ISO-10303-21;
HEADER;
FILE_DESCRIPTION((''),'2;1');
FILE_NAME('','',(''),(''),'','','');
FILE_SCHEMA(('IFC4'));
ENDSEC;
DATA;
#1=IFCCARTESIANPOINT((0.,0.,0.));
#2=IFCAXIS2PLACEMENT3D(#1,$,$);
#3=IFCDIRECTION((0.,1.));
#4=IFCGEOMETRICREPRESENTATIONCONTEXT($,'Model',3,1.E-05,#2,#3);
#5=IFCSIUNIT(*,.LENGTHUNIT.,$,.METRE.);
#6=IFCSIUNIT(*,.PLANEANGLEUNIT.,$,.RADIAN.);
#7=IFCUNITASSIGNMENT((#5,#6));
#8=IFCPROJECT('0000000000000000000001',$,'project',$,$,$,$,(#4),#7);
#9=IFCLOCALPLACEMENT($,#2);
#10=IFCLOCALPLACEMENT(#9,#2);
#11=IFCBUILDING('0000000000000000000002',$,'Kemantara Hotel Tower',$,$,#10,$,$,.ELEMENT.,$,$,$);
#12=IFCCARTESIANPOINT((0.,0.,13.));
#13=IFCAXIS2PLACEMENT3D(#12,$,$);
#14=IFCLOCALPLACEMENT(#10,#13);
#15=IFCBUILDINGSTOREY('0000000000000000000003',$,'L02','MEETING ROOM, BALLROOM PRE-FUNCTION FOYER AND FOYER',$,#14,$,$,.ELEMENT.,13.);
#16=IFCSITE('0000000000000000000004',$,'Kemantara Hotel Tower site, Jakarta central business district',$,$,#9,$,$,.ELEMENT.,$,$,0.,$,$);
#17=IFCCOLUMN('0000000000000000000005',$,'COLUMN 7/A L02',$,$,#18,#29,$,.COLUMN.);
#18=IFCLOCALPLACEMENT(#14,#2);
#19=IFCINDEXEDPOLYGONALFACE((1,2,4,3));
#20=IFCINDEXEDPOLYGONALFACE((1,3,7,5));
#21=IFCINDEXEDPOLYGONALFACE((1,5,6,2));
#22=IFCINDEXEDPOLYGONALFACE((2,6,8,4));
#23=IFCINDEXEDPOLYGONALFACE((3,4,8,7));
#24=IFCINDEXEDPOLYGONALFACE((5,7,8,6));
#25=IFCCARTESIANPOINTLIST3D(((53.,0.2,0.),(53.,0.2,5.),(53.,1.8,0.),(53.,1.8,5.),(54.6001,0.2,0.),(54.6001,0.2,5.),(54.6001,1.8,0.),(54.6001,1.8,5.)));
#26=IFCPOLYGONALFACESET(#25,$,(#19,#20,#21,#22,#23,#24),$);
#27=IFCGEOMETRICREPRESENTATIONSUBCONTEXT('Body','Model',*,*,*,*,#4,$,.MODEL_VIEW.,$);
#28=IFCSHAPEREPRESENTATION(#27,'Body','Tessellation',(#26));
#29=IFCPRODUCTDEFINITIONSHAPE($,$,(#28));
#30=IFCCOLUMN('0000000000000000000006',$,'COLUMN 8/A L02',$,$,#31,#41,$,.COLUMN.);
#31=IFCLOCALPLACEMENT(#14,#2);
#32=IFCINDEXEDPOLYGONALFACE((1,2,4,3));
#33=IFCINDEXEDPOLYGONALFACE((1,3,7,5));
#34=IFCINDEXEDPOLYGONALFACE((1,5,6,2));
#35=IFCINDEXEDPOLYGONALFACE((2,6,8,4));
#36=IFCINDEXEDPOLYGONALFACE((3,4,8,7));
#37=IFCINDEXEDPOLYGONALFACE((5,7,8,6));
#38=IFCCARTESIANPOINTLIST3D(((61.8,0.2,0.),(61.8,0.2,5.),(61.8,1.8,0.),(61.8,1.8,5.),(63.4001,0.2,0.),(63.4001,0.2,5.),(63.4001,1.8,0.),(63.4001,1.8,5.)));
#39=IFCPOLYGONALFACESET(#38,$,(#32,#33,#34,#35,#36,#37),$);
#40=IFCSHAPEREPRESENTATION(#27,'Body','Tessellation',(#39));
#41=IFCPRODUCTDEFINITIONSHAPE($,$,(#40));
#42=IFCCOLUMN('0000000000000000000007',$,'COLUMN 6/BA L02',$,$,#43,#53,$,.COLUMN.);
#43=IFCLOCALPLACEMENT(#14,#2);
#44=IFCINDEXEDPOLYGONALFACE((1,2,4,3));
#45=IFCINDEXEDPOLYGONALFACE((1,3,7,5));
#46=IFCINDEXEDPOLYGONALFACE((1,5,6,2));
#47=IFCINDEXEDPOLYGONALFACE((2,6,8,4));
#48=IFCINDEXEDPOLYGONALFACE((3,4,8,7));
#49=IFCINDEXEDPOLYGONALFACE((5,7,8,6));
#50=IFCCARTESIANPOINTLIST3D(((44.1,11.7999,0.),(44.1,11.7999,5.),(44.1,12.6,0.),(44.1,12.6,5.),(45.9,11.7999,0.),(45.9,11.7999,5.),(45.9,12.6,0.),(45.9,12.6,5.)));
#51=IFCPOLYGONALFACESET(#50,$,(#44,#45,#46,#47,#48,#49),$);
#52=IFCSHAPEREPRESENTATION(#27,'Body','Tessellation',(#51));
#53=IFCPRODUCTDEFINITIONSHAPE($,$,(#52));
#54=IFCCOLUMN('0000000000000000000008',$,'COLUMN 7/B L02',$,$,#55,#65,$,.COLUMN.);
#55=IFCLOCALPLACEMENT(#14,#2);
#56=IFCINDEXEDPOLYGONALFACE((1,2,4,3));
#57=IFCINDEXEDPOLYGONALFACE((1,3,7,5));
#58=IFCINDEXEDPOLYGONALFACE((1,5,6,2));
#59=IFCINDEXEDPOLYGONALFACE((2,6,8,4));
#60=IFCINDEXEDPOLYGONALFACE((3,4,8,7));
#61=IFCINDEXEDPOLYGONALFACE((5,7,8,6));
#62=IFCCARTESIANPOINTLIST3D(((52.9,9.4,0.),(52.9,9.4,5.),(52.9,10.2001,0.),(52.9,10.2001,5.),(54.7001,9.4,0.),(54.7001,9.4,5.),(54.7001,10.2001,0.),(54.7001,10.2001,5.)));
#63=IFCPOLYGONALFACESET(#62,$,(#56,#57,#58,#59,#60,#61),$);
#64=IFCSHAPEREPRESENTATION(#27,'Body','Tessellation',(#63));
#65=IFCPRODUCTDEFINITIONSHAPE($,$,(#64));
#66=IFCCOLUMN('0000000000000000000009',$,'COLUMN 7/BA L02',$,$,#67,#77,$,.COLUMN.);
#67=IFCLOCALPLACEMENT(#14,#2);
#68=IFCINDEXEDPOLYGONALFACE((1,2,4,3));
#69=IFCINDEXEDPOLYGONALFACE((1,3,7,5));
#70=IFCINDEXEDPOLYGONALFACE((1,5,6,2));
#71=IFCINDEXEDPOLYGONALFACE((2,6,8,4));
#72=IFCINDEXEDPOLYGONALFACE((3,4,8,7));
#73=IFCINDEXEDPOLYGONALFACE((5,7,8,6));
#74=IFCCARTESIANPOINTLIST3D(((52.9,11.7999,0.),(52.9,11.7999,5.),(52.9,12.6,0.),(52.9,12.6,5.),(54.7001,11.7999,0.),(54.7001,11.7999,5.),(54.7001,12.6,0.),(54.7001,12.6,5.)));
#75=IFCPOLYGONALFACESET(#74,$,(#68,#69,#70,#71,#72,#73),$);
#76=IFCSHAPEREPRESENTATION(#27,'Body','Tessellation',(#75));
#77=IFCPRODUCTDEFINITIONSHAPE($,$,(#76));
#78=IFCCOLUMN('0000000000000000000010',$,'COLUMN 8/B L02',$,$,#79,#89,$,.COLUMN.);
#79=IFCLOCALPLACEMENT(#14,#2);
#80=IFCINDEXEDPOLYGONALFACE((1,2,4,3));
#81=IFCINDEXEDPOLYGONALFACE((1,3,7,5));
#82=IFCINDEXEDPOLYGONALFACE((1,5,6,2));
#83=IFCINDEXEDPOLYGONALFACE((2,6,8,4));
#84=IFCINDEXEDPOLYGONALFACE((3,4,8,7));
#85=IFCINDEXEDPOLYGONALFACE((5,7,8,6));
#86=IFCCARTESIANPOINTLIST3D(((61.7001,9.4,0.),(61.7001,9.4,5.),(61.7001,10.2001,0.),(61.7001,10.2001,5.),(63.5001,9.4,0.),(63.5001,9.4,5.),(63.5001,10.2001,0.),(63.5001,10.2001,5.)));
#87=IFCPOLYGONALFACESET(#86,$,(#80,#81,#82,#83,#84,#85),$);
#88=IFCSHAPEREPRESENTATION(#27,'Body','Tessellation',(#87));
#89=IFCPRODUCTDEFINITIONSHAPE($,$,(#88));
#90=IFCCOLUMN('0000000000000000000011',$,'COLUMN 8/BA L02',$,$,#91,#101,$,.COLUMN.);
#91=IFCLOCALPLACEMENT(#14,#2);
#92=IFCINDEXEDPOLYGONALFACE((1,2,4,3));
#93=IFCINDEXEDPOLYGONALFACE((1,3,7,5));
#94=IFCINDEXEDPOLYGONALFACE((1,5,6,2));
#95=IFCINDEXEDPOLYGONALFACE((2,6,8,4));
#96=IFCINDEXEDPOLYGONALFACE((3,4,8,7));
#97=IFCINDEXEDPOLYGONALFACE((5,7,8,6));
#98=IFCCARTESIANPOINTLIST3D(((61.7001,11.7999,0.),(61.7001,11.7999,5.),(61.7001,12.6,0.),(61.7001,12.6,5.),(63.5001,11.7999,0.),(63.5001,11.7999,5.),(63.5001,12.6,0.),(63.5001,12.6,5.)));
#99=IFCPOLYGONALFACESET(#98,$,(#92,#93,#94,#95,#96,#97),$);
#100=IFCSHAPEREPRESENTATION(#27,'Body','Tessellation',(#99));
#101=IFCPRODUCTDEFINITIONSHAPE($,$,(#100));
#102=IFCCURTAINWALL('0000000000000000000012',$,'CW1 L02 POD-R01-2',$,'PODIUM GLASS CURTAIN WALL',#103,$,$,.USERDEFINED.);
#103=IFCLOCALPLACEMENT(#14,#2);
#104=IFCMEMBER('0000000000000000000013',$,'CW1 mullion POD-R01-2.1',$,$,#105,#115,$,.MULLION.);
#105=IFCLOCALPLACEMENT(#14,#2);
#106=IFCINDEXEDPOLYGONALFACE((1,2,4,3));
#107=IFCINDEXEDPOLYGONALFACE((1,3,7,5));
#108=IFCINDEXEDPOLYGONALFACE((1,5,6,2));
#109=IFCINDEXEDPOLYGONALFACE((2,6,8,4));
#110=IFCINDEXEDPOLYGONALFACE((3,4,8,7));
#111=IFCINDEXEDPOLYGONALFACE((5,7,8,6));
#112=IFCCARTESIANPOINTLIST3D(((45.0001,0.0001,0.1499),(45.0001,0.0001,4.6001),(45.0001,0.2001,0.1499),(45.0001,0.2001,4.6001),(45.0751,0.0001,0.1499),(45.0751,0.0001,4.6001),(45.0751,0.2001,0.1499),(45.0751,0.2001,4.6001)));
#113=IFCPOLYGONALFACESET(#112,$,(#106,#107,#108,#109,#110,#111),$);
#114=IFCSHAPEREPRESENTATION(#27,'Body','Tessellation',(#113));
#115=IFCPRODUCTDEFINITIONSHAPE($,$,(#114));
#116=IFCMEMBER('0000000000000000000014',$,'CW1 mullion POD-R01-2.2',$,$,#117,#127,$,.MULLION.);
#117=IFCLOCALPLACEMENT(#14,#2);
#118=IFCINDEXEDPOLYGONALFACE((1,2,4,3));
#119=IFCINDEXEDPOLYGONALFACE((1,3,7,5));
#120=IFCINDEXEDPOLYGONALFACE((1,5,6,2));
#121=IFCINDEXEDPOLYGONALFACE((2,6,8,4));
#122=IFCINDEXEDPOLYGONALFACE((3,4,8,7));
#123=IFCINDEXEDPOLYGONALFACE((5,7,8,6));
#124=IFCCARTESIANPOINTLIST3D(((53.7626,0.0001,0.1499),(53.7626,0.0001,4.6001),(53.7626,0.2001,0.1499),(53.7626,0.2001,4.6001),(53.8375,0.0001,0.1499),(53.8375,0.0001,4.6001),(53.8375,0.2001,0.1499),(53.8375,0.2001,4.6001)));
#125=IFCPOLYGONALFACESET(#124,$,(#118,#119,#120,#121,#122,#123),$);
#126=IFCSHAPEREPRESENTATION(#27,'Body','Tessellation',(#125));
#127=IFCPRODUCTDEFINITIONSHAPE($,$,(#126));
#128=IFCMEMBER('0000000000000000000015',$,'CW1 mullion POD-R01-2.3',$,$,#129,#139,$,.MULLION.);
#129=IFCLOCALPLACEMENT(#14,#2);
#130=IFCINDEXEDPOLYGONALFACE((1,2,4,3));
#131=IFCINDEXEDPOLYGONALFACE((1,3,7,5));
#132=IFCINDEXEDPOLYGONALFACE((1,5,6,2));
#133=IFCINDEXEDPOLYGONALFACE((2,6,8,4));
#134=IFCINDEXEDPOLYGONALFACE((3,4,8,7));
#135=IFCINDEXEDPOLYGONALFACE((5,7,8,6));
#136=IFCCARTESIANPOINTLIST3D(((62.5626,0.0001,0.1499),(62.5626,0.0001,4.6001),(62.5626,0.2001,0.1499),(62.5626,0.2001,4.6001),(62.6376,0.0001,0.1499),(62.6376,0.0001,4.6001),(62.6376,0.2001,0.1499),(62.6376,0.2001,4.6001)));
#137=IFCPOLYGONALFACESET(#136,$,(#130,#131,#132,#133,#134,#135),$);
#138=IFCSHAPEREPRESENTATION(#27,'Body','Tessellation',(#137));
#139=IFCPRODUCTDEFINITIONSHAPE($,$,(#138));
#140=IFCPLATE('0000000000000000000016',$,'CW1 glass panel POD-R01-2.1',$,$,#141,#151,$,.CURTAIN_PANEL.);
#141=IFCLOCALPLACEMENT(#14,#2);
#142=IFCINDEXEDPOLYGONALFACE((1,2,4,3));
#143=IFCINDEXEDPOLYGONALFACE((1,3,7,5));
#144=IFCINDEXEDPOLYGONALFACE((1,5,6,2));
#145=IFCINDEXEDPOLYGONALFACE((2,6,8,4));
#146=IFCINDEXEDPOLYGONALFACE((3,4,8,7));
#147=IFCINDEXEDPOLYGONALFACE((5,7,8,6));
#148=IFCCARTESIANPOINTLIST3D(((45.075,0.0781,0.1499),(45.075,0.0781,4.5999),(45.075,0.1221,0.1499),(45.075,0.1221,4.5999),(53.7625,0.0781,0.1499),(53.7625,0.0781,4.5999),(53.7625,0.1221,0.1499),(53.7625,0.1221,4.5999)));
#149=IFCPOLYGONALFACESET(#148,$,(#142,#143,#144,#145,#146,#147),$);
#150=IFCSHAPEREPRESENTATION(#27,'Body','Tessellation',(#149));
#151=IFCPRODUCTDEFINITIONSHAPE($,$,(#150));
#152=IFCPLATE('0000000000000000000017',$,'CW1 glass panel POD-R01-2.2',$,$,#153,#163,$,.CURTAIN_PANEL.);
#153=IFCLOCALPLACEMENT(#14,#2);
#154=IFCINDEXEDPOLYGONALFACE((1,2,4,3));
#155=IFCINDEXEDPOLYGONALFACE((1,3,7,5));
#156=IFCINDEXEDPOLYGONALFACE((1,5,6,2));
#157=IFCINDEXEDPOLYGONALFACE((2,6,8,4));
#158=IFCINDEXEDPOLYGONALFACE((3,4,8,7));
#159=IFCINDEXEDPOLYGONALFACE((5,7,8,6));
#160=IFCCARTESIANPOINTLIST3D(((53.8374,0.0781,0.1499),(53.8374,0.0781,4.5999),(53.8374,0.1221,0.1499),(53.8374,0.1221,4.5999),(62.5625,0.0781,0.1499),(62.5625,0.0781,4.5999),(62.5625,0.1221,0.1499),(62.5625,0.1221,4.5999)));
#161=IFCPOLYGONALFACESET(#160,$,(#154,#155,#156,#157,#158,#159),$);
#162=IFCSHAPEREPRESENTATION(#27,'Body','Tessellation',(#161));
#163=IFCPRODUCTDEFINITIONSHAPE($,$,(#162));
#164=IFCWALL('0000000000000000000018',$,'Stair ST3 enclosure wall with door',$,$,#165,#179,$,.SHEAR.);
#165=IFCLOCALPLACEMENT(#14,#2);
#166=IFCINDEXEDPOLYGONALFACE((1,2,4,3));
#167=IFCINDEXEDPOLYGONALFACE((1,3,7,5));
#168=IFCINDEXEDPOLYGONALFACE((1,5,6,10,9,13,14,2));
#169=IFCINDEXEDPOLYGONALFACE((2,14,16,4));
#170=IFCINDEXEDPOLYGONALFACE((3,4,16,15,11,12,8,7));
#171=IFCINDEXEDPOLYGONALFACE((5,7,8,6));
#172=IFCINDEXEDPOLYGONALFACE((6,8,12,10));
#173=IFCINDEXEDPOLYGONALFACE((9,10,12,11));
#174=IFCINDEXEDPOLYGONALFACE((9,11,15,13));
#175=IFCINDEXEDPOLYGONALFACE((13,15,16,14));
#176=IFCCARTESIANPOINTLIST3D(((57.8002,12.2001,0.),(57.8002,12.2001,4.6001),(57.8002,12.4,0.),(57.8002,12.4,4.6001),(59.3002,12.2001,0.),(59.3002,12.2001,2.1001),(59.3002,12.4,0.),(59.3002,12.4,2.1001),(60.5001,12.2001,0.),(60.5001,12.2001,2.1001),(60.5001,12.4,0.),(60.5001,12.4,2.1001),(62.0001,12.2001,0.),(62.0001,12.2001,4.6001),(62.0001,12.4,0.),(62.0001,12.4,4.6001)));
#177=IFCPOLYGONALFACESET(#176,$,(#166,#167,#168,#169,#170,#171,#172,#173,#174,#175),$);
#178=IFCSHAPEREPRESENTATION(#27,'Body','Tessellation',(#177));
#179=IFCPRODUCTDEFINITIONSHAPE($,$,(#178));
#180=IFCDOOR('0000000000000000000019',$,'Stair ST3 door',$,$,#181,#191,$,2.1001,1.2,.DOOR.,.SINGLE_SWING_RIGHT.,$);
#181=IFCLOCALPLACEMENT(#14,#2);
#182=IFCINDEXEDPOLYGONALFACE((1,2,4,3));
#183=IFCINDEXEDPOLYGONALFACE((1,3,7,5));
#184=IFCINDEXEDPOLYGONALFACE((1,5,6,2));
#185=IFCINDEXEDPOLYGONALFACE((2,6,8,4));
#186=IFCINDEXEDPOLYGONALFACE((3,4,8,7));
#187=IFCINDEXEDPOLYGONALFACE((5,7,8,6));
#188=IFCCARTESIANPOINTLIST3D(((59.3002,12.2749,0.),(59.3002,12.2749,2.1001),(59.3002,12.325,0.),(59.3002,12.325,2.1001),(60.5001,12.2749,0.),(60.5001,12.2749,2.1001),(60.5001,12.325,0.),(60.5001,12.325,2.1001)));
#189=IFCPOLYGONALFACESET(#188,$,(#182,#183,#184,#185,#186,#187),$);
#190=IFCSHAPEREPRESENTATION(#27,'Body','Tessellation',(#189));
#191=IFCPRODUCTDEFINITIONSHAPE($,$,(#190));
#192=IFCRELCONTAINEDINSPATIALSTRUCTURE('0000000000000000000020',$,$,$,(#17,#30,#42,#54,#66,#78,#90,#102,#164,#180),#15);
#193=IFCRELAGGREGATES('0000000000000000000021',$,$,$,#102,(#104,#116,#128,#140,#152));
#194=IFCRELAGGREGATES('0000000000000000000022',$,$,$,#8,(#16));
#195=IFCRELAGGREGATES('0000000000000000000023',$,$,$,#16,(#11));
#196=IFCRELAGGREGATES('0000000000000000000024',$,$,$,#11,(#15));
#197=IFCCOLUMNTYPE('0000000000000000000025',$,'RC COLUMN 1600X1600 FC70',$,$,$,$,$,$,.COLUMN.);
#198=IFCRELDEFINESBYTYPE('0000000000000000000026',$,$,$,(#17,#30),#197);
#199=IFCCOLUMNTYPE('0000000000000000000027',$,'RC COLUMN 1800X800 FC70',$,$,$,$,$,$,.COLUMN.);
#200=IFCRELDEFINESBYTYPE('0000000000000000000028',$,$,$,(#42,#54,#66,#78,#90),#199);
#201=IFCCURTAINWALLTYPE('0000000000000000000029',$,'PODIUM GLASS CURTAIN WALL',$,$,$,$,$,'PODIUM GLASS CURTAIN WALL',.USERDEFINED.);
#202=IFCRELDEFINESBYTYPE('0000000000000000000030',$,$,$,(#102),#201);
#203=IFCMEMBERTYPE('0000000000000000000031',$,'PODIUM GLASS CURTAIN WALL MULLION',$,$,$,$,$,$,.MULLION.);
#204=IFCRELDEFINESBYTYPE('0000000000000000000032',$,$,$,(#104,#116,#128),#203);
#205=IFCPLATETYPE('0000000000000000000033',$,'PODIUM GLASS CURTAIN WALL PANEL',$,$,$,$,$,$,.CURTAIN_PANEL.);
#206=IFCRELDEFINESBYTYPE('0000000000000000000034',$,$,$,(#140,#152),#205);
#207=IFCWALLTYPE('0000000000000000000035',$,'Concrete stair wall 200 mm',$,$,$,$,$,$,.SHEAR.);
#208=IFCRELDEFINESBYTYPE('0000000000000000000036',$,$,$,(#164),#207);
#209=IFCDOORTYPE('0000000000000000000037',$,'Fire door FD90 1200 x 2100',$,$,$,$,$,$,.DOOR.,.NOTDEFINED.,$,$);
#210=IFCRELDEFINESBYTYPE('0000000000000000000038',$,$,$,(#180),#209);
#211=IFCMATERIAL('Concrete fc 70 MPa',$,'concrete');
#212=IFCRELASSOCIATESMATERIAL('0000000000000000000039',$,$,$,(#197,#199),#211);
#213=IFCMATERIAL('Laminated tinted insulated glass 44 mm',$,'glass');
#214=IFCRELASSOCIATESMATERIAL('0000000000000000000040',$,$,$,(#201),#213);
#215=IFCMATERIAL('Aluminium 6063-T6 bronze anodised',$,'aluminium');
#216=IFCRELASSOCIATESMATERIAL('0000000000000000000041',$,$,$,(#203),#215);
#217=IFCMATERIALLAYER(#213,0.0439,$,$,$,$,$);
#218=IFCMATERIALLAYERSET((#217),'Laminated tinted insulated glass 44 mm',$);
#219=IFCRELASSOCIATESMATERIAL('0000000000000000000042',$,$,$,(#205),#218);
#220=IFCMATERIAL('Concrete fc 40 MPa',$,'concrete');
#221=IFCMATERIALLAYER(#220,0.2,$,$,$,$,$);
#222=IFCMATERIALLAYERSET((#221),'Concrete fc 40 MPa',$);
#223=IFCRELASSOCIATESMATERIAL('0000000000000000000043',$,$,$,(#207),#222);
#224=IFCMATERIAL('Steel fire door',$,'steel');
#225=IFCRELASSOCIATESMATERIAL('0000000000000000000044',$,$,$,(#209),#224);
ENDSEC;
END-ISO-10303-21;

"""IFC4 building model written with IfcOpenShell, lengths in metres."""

from ifc_helpers import new_model, si_unit, direction, frame, frame_2d, origin, origin_2d, place, context, subcontext, project, spatial, rectangle, extrude, source, transform, mapped, material, layer, layer_set, material_profile, profile_set, type_object, element, fill, aggregate, save


model = new_model("IFC4")

# Units and contexts
model_context = context("Model", 3, precision=1e-05, world=origin(), true_north=direction((0.0, 1.0)))
body_context = subcontext(model_context, "Body", "Model", "MODEL_VIEW")
ifc_project = project(units=[si_unit("LENGTHUNIT", "METRE"), si_unit("PLANEANGLEUNIT", "RADIAN")], contexts=[model_context])

# Site, building, storey
site_placement = place(None, origin())
site = spatial("IfcSite", under=ifc_project, at=site_placement, Name="Kemantara Hotel Tower site, Jakarta central business district", CompositionType="ELEMENT", RefElevation=0.0)
building_placement = place(site_placement, origin())
building = spatial("IfcBuilding", under=site, at=building_placement, Name="Kemantara Hotel Tower", CompositionType="ELEMENT")
storey_placement = place(building_placement, frame((0.0, 0.0, 13.0)))
storey = spatial("IfcBuildingStorey", under=building, at=storey_placement, Name="L02", Description="MEETING ROOM, BALLROOM PRE-FUNCTION FOYER AND FOYER", CompositionType="ELEMENT", Elevation=13.0)

# Columns
ifc_material_1 = material(Name="Concrete fc 70 MPa", Category="concrete")
ifc_material_profile_1 = material_profile(ifc_material_1, rectangle(XDim=1.6001, YDim=1.6001, at=origin_2d()), Name="RC 1600X1600")
ifc_profile_set_1 = profile_set([ifc_material_profile_1], Name="Concrete fc 70 MPa")
column_type_1 = type_object("IfcColumnType", Name="RC COLUMN 1600X1600 FC70", PredefinedType="COLUMN", material=ifc_profile_set_1)
for number, where, z_axis, x_axis, name in (
    (1, (53.8, 1.0, 0.0), (0.0, 0.0, 1.0), (1.0, 0.0, 0.0), "COLUMN 7/A L02"),
    (2, (62.6001, 1.0, 0.0), (0.0, 0.0, 1.0), (1.0, 0.0, 0.0), "COLUMN 8/A L02"),
):
    element("IfcColumn", number, at=place(storey_placement, frame(where, z_axis=z_axis, x_axis=x_axis)), inside=storey, type_object=column_type_1, Name=name, PredefinedType="COLUMN", context=body_context, shape_type="SweptSolid", body=[
        extrude(rectangle(XDim=1.6001, YDim=1.6001, at=origin_2d()), origin(), (0.0, 0.0, 1.0), 5.0),
    ])
ifc_material_profile_2 = material_profile(ifc_material_1, rectangle(XDim=1.8, YDim=0.8, at=origin_2d()), Name="RC 1800X800")
ifc_profile_set_2 = profile_set([ifc_material_profile_2], Name="Concrete fc 70 MPa")
column_type_2 = type_object("IfcColumnType", Name="RC COLUMN 1800X800 FC70", PredefinedType="COLUMN", material=ifc_profile_set_2)
for number, where, z_axis, x_axis, name in (
    (3, (45.0, 12.2, 0.0), (0.0, 0.0, 1.0), (1.0, 0.0, 0.0), "COLUMN 6/BA L02"),
    (4, (53.8, 9.8, 0.0), (0.0, 0.0, 1.0), (1.0, 0.0, 0.0), "COLUMN 7/B L02"),
    (5, (53.8, 12.2, 0.0), (0.0, 0.0, 1.0), (1.0, 0.0, 0.0), "COLUMN 7/BA L02"),
    (6, (62.6001, 9.8, 0.0), (0.0, 0.0, 1.0), (1.0, 0.0, 0.0), "COLUMN 8/B L02"),
    (7, (62.6001, 12.2, 0.0), (0.0, 0.0, 1.0), (1.0, 0.0, 0.0), "COLUMN 8/BA L02"),
):
    element("IfcColumn", number, at=place(storey_placement, frame(where, z_axis=z_axis, x_axis=x_axis)), inside=storey, type_object=column_type_2, Name=name, PredefinedType="COLUMN", context=body_context, shape_type="SweptSolid", body=[
        extrude(rectangle(XDim=1.8, YDim=0.8, at=origin_2d()), origin(), (0.0, 0.0, 1.0), 5.0),
    ])

# Curtain wall, members, plates
ifc_material_2 = material(Name="Laminated tinted insulated glass 44 mm", Category="glass")
curtain_wall_type = type_object("IfcCurtainWallType", Name="PODIUM GLASS CURTAIN WALL", ElementType="PODIUM GLASS CURTAIN WALL", PredefinedType="USERDEFINED", material=ifc_material_2)
curtain_wall_placement = place(storey_placement, origin())
curtain_wall = element("IfcCurtainWall", 8, at=curtain_wall_placement, inside=storey, type_object=curtain_wall_type, Name="CW1 L02 POD-R01-2", ObjectType="PODIUM GLASS CURTAIN WALL", PredefinedType="USERDEFINED")
ifc_material_3 = material(Name="Aluminium 6063-T6 bronze anodised", Category="aluminium")
ifc_material_profile_3 = material_profile(ifc_material_3, rectangle(XDim=0.2, YDim=0.075, at=origin_2d()), Name="PODIUM GLASS CURTAIN WALL MULLION")
ifc_profile_set_3 = profile_set([ifc_material_profile_3], Name="Aluminium 6063-T6 bronze anodised")
member_type = type_object("IfcMemberType", Name="PODIUM GLASS CURTAIN WALL MULLION", PredefinedType="MULLION", material=ifc_profile_set_3)
shared_shape_1 = source(origin(), body_context, "Body", "SweptSolid", [
    extrude(rectangle(XDim=0.2, YDim=0.075, at=origin_2d()), origin(), (0.0, 0.0, 1.0), 4.4502),
])
member_1_placement = place(storey_placement, frame((45.0376, 0.1001, 0.1499), z_axis=(0.0, 0.0, 1.0), x_axis=(0.0, 1.0, 0.0)))
member_1 = element("IfcMember", 9, at=member_1_placement, type_object=member_type, Name="CW1 mullion POD-R01-2.1", PredefinedType="MULLION", context=body_context, shape_type="MappedRepresentation", body=[
    mapped(shared_shape_1, transform((0.0, 0.0, 0.0))),
])
member_2_placement = place(storey_placement, frame((53.8, 0.1001, 0.1499), z_axis=(0.0, 0.0, 1.0), x_axis=(0.0, 1.0, 0.0)))
member_2 = element("IfcMember", 10, at=member_2_placement, type_object=member_type, Name="CW1 mullion POD-R01-2.2", PredefinedType="MULLION", context=body_context, shape_type="MappedRepresentation", body=[
    mapped(shared_shape_1, transform((0.0, 0.0, 0.0))),
])
member_3_placement = place(storey_placement, frame((62.6001, 0.1001, 0.1499), z_axis=(0.0, 0.0, 1.0), x_axis=(0.0, 1.0, 0.0)))
member_3 = element("IfcMember", 11, at=member_3_placement, type_object=member_type, Name="CW1 mullion POD-R01-2.3", PredefinedType="MULLION", context=body_context, shape_type="MappedRepresentation", body=[
    mapped(shared_shape_1, transform((0.0, 0.0, 0.0))),
])
ifc_layer_1 = layer(ifc_material_2, 0.0439)
ifc_layer_set_1 = layer_set([ifc_layer_1], Name="Laminated tinted insulated glass 44 mm")
plate_type = type_object("IfcPlateType", Name="PODIUM GLASS CURTAIN WALL PANEL", PredefinedType="CURTAIN_PANEL", material=ifc_layer_set_1)
shared_shape_2 = source(origin(), body_context, "Body", "SweptSolid", [
    extrude(rectangle(XDim=8.6875, YDim=0.0439, at=origin_2d()), origin(), (0.0, 0.0, 1.0), 4.45),
])
plate_1_placement = place(storey_placement, frame((49.4187, 0.1001, 0.1499), z_axis=(0.0, 0.0, 1.0), x_axis=(1.0, 0.0, 0.0)))
plate_1 = element("IfcPlate", 12, at=plate_1_placement, type_object=plate_type, Name="CW1 glass panel POD-R01-2.1", PredefinedType="CURTAIN_PANEL", context=body_context, shape_type="MappedRepresentation", body=[
    mapped(shared_shape_2, transform((0.0, 0.0, 0.0))),
])
shared_shape_3 = source(origin(), body_context, "Body", "SweptSolid", [
    extrude(rectangle(XDim=8.7251, YDim=0.0439, at=origin_2d()), origin(), (0.0, 0.0, 1.0), 4.45),
])
plate_2_placement = place(storey_placement, frame((58.2, 0.1001, 0.1499), z_axis=(0.0, 0.0, 1.0), x_axis=(1.0, 0.0, 0.0)))
plate_2 = element("IfcPlate", 13, at=plate_2_placement, type_object=plate_type, Name="CW1 glass panel POD-R01-2.2", PredefinedType="CURTAIN_PANEL", context=body_context, shape_type="MappedRepresentation", body=[
    mapped(shared_shape_3, transform((0.0, 0.0, 0.0))),
])
aggregate(curtain_wall, [member_1, member_2, member_3, plate_1, plate_2])

# Wall, opening, door
ifc_material_4 = material(Name="Concrete fc 40 MPa", Category="concrete")
ifc_layer_2 = layer(ifc_material_4, 0.2)
ifc_layer_set_2 = layer_set([ifc_layer_2], Name="Concrete fc 40 MPa")
wall_type_1 = type_object("IfcWallType", Name="Concrete stair wall 200 mm", PredefinedType="SHEAR", material=ifc_layer_set_2)
wall_1_placement = place(storey_placement, frame((57.8, 12.3, 0.0), z_axis=(0.0, 0.0, 1.0), x_axis=(1.0, 0.0, 0.0)))
wall_1 = element("IfcWall", 14, at=wall_1_placement, inside=storey, type_object=wall_type_1, Name="Stair ST3 enclosure wall with door", PredefinedType="SHEAR", context=body_context, shape_type="SweptSolid", body=[
    extrude(rectangle(XDim=4.2, YDim=0.2, at=frame_2d((2.1001, 0.0))), origin(), (0.0, 0.0, 1.0), 4.6001),
])
opening_1_placement = place(wall_1_placement, frame((1.5, 0.0, 0.0)))
opening_1 = element("IfcOpeningElement", 15, at=opening_1_placement, cuts=wall_1, PredefinedType="OPENING", context=body_context, shape_type="SweptSolid", body=[
    extrude(rectangle(XDim=1.2, YDim=2.1001, at=frame_2d((0.6001, 1.05))), frame((0.0, 0.1099, 0.0), z_axis=(0.0, -1.0, 0.0), x_axis=(1.0, 0.0, 0.0)), (0.0, 0.0, 1.0), 0.22),
])
ifc_material_5 = material(Name="Steel fire door", Category="steel")
door_type_1 = type_object("IfcDoorType", Name="Fire door FD90 1200 x 2100", OperationType="NOTDEFINED", PredefinedType="DOOR", material=ifc_material_5)
door_1_placement = place(opening_1_placement, origin())
door_1 = element("IfcDoor", 16, at=door_1_placement, inside=storey, type_object=door_type_1, Name="Stair ST3 door", OperationType="SINGLE_SWING_RIGHT", OverallHeight=2.1001, OverallWidth=1.2, PredefinedType="DOOR", context=body_context, shape_type="SweptSolid", body=[
    extrude(rectangle(XDim=1.2, YDim=2.1001, at=frame_2d((0.6001, 1.05))), frame((0.0, 0.0249, 0.0), z_axis=(0.0, -1.0, 0.0), x_axis=(1.0, 0.0, 0.0)), (0.0, 0.0, 1.0), 0.05),
])
fill(opening_1, door_1)

save(model, "model.ifc")
